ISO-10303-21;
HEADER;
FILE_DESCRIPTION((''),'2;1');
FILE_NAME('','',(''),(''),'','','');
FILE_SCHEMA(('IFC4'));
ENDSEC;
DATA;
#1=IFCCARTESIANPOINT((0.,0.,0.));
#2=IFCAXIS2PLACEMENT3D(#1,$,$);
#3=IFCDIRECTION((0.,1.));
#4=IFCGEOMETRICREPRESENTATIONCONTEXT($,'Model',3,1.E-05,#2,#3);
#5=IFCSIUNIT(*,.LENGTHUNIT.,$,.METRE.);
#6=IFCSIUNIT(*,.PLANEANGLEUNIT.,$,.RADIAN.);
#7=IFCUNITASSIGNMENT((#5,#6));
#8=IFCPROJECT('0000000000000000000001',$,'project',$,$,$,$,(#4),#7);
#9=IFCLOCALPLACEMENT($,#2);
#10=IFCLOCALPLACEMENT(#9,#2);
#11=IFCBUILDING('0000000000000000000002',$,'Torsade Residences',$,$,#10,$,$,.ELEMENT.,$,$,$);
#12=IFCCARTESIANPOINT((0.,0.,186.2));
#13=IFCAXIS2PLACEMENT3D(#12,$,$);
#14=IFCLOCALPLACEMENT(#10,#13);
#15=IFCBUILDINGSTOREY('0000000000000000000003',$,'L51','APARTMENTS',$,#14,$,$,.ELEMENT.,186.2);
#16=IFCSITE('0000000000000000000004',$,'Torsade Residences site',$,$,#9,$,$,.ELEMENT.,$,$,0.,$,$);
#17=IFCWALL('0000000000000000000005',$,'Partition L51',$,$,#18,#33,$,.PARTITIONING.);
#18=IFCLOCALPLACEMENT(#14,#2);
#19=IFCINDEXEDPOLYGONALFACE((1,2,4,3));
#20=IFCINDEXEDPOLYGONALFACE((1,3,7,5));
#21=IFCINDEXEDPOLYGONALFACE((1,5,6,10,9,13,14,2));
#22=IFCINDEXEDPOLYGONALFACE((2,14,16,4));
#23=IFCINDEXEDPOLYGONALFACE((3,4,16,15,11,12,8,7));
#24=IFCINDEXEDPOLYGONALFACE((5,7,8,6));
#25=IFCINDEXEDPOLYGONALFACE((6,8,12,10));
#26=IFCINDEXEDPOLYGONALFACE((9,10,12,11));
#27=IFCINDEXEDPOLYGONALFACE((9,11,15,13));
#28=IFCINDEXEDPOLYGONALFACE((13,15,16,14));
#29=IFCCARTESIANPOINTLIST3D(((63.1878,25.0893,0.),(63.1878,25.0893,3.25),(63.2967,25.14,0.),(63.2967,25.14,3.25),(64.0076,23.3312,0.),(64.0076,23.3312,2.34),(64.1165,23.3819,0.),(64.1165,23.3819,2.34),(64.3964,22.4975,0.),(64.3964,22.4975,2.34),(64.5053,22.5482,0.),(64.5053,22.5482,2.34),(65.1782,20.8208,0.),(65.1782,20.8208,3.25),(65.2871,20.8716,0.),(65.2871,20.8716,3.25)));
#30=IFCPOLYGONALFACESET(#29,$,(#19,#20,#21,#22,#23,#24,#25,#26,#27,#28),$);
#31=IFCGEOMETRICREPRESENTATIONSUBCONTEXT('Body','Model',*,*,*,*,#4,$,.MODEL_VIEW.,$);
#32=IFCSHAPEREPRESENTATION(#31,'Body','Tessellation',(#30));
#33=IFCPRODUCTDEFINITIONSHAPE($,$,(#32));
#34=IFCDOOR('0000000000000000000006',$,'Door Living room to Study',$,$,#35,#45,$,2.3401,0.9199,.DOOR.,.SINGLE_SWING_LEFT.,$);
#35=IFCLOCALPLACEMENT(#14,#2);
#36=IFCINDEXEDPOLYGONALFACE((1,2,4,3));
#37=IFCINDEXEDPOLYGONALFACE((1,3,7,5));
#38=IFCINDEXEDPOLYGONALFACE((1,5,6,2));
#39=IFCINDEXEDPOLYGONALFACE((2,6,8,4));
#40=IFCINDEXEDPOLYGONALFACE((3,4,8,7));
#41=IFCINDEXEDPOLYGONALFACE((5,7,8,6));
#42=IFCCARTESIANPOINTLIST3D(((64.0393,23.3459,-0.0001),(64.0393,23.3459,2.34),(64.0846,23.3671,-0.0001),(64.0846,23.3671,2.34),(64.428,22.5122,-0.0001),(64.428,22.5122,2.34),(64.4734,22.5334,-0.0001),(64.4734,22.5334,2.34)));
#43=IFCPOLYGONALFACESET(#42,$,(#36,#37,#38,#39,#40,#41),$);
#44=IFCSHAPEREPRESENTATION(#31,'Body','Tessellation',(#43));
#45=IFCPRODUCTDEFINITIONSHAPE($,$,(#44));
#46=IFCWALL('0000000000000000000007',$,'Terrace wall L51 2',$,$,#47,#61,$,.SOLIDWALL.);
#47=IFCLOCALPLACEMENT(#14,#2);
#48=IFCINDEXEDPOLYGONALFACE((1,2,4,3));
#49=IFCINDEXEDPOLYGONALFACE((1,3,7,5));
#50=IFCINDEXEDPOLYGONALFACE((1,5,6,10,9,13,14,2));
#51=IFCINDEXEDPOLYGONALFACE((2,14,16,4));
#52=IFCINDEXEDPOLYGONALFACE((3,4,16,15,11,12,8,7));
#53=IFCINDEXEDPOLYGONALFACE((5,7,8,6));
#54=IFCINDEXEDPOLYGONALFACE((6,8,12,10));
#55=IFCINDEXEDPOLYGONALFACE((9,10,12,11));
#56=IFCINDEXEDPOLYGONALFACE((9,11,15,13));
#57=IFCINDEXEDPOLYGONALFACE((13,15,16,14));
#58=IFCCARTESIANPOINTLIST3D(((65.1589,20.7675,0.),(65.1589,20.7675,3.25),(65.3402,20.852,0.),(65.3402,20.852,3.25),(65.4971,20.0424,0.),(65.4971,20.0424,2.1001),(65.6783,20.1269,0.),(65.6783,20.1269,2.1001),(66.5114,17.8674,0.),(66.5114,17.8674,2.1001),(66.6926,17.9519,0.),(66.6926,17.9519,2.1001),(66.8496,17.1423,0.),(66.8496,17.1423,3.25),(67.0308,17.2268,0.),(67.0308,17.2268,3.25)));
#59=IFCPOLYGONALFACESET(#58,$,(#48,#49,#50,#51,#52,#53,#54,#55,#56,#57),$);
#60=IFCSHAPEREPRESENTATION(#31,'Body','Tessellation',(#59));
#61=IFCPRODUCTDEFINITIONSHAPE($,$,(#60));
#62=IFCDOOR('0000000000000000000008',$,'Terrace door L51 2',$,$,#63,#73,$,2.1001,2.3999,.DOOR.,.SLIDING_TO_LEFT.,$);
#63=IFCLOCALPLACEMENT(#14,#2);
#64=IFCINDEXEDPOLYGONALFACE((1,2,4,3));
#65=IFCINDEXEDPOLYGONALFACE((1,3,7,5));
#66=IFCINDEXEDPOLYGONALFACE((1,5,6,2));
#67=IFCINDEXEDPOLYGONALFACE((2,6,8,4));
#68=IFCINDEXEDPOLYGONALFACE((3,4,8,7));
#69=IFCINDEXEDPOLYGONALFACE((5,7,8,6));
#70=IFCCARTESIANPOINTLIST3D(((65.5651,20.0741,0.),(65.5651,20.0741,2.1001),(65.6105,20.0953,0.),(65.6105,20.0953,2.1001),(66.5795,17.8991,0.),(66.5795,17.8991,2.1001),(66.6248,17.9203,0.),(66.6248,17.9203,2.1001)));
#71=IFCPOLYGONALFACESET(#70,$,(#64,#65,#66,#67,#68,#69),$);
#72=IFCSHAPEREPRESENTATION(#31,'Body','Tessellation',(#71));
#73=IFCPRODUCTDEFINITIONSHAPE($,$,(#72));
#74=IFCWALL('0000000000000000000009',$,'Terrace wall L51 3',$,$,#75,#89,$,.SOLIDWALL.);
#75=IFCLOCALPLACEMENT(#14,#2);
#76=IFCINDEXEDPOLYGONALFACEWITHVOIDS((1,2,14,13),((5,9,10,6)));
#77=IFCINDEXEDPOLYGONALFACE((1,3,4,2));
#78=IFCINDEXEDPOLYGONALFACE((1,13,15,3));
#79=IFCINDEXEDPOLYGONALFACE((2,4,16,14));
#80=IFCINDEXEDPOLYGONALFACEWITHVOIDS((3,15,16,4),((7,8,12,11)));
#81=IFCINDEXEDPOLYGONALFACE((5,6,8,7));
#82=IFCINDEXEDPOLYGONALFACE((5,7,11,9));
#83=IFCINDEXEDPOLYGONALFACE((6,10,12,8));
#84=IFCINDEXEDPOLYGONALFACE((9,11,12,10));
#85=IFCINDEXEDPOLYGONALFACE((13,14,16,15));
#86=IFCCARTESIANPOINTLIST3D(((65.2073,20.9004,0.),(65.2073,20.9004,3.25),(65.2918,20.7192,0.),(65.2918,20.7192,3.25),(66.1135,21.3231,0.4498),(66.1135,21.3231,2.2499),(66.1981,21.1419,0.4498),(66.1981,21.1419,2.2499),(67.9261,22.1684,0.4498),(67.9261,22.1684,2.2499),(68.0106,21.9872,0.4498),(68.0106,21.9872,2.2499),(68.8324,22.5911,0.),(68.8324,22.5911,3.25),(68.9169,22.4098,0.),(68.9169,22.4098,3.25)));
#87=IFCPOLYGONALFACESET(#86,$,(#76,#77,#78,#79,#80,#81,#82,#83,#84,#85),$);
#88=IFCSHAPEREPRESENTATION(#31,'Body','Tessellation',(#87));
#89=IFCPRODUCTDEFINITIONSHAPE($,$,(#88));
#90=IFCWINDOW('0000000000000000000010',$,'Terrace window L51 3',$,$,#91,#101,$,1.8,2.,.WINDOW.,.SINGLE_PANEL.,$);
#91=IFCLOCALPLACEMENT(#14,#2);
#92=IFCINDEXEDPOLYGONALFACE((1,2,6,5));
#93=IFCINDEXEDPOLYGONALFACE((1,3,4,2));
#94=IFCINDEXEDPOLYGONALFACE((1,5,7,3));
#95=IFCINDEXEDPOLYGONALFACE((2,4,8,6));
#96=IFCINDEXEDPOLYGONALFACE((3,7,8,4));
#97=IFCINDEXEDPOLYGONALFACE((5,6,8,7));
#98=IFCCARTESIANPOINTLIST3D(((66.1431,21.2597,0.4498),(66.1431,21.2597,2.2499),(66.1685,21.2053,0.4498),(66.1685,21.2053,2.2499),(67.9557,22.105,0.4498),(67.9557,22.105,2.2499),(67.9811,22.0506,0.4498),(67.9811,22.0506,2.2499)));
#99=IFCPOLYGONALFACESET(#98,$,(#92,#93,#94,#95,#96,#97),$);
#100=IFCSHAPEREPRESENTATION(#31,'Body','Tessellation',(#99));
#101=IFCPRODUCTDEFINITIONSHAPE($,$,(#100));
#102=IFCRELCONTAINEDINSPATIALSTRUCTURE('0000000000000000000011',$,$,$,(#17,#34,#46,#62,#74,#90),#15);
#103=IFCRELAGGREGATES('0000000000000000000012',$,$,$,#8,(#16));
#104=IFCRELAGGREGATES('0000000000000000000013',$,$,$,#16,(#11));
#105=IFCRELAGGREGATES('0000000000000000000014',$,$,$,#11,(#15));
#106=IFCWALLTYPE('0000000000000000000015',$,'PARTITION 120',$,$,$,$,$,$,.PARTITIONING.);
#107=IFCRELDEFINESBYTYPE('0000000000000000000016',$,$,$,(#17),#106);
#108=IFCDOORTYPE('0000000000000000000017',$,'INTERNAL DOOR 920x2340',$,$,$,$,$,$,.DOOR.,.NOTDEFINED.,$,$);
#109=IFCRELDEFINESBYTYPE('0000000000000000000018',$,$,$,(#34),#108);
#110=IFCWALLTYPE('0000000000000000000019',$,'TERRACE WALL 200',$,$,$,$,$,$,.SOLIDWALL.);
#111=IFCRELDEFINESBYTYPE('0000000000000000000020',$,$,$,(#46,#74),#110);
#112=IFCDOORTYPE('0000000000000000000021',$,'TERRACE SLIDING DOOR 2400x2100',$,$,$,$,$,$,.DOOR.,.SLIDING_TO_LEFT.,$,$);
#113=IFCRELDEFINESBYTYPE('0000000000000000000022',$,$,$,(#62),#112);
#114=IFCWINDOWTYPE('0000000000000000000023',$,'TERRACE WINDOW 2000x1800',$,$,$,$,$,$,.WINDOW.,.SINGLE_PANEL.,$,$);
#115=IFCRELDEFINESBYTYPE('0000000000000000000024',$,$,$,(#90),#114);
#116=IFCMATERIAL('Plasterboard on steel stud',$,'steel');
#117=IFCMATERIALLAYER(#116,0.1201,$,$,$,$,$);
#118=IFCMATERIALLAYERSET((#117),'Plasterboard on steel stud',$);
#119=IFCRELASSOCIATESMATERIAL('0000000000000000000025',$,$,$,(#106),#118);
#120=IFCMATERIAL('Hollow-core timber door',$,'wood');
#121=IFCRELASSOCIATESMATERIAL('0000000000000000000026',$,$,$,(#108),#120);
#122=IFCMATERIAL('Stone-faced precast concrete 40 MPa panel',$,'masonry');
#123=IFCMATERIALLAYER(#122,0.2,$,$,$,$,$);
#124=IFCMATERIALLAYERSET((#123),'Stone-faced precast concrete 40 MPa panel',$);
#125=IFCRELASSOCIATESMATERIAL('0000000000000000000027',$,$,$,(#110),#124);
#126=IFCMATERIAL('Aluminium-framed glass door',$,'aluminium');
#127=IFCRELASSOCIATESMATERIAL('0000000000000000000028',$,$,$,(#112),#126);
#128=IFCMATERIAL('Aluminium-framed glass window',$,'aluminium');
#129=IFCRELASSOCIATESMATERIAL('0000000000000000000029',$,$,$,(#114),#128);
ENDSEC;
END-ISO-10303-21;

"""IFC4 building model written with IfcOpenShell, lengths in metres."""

from ifc_helpers import new_model, si_unit, direction, frame, frame_2d, origin, place, context, subcontext, project, spatial, rectangle, extrude, material, layer, layer_set, type_object, element, fill, save


model = new_model("IFC4")

# Units and contexts
model_context = context("Model", 3, precision=1e-05, world=origin(), true_north=direction((0.0, 1.0)))
body_context = subcontext(model_context, "Body", "Model", "MODEL_VIEW")
ifc_project = project(units=[si_unit("LENGTHUNIT", "METRE"), si_unit("PLANEANGLEUNIT", "RADIAN")], contexts=[model_context])

# Site, building, storey
site_placement = place(None, origin())
site = spatial("IfcSite", under=ifc_project, at=site_placement, Name="Torsade Residences site", CompositionType="ELEMENT", RefElevation=0.0)
building_placement = place(site_placement, origin())
building = spatial("IfcBuilding", under=site, at=building_placement, Name="Torsade Residences", CompositionType="ELEMENT")
storey_placement = place(building_placement, frame((0.0, 0.0, 186.2)))
storey = spatial("IfcBuildingStorey", under=building, at=storey_placement, Name="L51", Description="APARTMENTS", CompositionType="ELEMENT", Elevation=186.2)

# Shared definitions
ifc_material_1 = material(Name="Plasterboard on steel stud", Category="steel")
ifc_layer_1 = layer(ifc_material_1, 0.1201)
ifc_layer_set_1 = layer_set([ifc_layer_1], Name="Plasterboard on steel stud")
wall_type_1 = type_object("IfcWallType", Name="PARTITION 120", PredefinedType="PARTITIONING", material=ifc_layer_set_1)
ifc_material_2 = material(Name="Hollow-core timber door", Category="wood")
door_type_1 = type_object("IfcDoorType", Name="INTERNAL DOOR 920x2340", OperationType="NOTDEFINED", PredefinedType="DOOR", material=ifc_material_2)

# Walls, openings, doors
wall_1_placement = place(storey_placement, frame((63.2422, 25.1147, 0.0), z_axis=(0.0, 0.0, 1.0), x_axis=(0.422622, -0.906306, 0.0)))
wall_1 = element("IfcWall", 1, at=wall_1_placement, inside=storey, type_object=wall_type_1, Name="Partition L51", PredefinedType="PARTITIONING", context=body_context, shape_type="SweptSolid", body=[
    extrude(rectangle(XDim=4.7097, YDim=0.1201, at=frame_2d((2.355, 0.0))), origin(), (0.0, 0.0, 1.0), 3.25),
])
opening_1_placement = place(wall_1_placement, frame((1.9399, 0.0, 0.0)))
opening_1 = element("IfcOpeningElement", 2, at=opening_1_placement, cuts=wall_1, PredefinedType="OPENING", context=body_context, shape_type="SweptSolid", body=[
    extrude(rectangle(XDim=0.9199, YDim=2.3401, at=frame_2d((0.46, 1.1699))), frame((0.0, 0.0701, 0.0), z_axis=(0.0, -1.0, 0.0), x_axis=(1.0, 0.0, 0.0)), (0.0, 0.0, 1.0), 0.1401),
])
door_1_placement = place(opening_1_placement, origin())
door_1 = element("IfcDoor", 3, at=door_1_placement, inside=storey, type_object=door_type_1, Name="Door Living room to Study", OperationType="SINGLE_SWING_LEFT", OverallHeight=2.3401, OverallWidth=0.9199, PredefinedType="DOOR", context=body_context, shape_type="SweptSolid", body=[
    extrude(rectangle(XDim=0.9199, YDim=2.3401, at=frame_2d((0.46, 1.1699))), frame((0.0, 0.0249, 0.0), z_axis=(0.0, -1.0, 0.0), x_axis=(1.0, 0.0, 0.0)), (0.0, 0.0, 1.0), 0.05),
])
fill(opening_1, door_1)
ifc_material_3 = material(Name="Stone-faced precast concrete 40 MPa panel", Category="masonry")
ifc_layer_2 = layer(ifc_material_3, 0.2)
ifc_layer_set_2 = layer_set([ifc_layer_2], Name="Stone-faced precast concrete 40 MPa panel")
wall_type_2 = type_object("IfcWallType", Name="TERRACE WALL 200", PredefinedType="SOLIDWALL", material=ifc_layer_set_2)
wall_2_placement = place(storey_placement, frame((66.9402, 17.1846, 0.0), z_axis=(0.0, 0.0, 1.0), x_axis=(-0.422658, 0.906289, 0.0)))
wall_2 = element("IfcWall", 4, at=wall_2_placement, inside=storey, type_object=wall_type_2, Name="Terrace wall L51 2", PredefinedType="SOLIDWALL", context=body_context, shape_type="SweptSolid", body=[
    extrude(rectangle(XDim=4.0, YDim=0.2, at=frame_2d((2.0, 0.0))), origin(), (0.0, 0.0, 1.0), 3.25),
])
opening_2_placement = place(wall_2_placement, frame((0.8, 0.0, 0.0)))
opening_2 = element("IfcOpeningElement", 5, at=opening_2_placement, cuts=wall_2, PredefinedType="OPENING", context=body_context, shape_type="SweptSolid", body=[
    extrude(rectangle(XDim=2.3999, YDim=2.1001, at=frame_2d((1.2, 1.05))), frame((0.0, 0.1099, 0.0), z_axis=(0.0, -1.0, 0.0), x_axis=(1.0, 0.0, 0.0)), (0.0, 0.0, 1.0), 0.22),
])
ifc_material_4 = material(Name="Aluminium-framed glass door", Category="aluminium")
door_type_2 = type_object("IfcDoorType", Name="TERRACE SLIDING DOOR 2400x2100", OperationType="SLIDING_TO_LEFT", PredefinedType="DOOR", material=ifc_material_4)
door_2_placement = place(opening_2_placement, origin())
door_2 = element("IfcDoor", 6, at=door_2_placement, inside=storey, type_object=door_type_2, Name="Terrace door L51 2", OperationType="SLIDING_TO_LEFT", OverallHeight=2.1001, OverallWidth=2.3999, PredefinedType="DOOR", context=body_context, shape_type="SweptSolid", body=[
    extrude(rectangle(XDim=2.3999, YDim=2.1001, at=frame_2d((1.2, 1.05))), frame((0.0, 0.0249, 0.0), z_axis=(0.0, -1.0, 0.0), x_axis=(1.0, 0.0, 0.0)), (0.0, 0.0, 1.0), 0.05),
])
fill(opening_2, door_2)

# Wall, opening, window
wall_3_placement = place(storey_placement, frame((65.2495, 20.8098, 0.0), z_axis=(0.0, 0.0, 1.0), x_axis=(0.906289, 0.422658, 0.0)))
wall_3 = element("IfcWall", 7, at=wall_3_placement, inside=storey, type_object=wall_type_2, Name="Terrace wall L51 3", PredefinedType="SOLIDWALL", context=body_context, shape_type="SweptSolid", body=[
    extrude(rectangle(XDim=4.0, YDim=0.2, at=frame_2d((2.0, 0.0))), origin(), (0.0, 0.0, 1.0), 3.25),
])
opening_3_placement = place(wall_3_placement, frame((1.0, 0.0, 0.45)))
opening_3 = element("IfcOpeningElement", 8, at=opening_3_placement, cuts=wall_3, PredefinedType="OPENING", context=body_context, shape_type="SweptSolid", body=[
    extrude(rectangle(XDim=2.0, YDim=1.8, at=frame_2d((1.0, 0.8999))), frame((0.0, 0.1099, 0.0), z_axis=(0.0, -1.0, 0.0), x_axis=(1.0, 0.0, 0.0)), (0.0, 0.0, 1.0), 0.22),
])
ifc_material_5 = material(Name="Aluminium-framed glass window", Category="aluminium")
window_type = type_object("IfcWindowType", Name="TERRACE WINDOW 2000x1800", PartitioningType="SINGLE_PANEL", PredefinedType="WINDOW", material=ifc_material_5)
window_placement = place(opening_3_placement, origin())
window = element("IfcWindow", 9, at=window_placement, inside=storey, type_object=window_type, Name="Terrace window L51 3", OverallHeight=1.8, OverallWidth=2.0, PartitioningType="SINGLE_PANEL", PredefinedType="WINDOW", context=body_context, shape_type="SweptSolid", body=[
    extrude(rectangle(XDim=2.0, YDim=1.8, at=frame_2d((1.0, 0.8999))), frame((0.0, 0.03, 0.0), z_axis=(0.0, -1.0, 0.0), x_axis=(1.0, 0.0, 0.0)), (0.0, 0.0, 1.0), 0.0601),
])
fill(opening_3, window)

save(model, "model.ifc")
